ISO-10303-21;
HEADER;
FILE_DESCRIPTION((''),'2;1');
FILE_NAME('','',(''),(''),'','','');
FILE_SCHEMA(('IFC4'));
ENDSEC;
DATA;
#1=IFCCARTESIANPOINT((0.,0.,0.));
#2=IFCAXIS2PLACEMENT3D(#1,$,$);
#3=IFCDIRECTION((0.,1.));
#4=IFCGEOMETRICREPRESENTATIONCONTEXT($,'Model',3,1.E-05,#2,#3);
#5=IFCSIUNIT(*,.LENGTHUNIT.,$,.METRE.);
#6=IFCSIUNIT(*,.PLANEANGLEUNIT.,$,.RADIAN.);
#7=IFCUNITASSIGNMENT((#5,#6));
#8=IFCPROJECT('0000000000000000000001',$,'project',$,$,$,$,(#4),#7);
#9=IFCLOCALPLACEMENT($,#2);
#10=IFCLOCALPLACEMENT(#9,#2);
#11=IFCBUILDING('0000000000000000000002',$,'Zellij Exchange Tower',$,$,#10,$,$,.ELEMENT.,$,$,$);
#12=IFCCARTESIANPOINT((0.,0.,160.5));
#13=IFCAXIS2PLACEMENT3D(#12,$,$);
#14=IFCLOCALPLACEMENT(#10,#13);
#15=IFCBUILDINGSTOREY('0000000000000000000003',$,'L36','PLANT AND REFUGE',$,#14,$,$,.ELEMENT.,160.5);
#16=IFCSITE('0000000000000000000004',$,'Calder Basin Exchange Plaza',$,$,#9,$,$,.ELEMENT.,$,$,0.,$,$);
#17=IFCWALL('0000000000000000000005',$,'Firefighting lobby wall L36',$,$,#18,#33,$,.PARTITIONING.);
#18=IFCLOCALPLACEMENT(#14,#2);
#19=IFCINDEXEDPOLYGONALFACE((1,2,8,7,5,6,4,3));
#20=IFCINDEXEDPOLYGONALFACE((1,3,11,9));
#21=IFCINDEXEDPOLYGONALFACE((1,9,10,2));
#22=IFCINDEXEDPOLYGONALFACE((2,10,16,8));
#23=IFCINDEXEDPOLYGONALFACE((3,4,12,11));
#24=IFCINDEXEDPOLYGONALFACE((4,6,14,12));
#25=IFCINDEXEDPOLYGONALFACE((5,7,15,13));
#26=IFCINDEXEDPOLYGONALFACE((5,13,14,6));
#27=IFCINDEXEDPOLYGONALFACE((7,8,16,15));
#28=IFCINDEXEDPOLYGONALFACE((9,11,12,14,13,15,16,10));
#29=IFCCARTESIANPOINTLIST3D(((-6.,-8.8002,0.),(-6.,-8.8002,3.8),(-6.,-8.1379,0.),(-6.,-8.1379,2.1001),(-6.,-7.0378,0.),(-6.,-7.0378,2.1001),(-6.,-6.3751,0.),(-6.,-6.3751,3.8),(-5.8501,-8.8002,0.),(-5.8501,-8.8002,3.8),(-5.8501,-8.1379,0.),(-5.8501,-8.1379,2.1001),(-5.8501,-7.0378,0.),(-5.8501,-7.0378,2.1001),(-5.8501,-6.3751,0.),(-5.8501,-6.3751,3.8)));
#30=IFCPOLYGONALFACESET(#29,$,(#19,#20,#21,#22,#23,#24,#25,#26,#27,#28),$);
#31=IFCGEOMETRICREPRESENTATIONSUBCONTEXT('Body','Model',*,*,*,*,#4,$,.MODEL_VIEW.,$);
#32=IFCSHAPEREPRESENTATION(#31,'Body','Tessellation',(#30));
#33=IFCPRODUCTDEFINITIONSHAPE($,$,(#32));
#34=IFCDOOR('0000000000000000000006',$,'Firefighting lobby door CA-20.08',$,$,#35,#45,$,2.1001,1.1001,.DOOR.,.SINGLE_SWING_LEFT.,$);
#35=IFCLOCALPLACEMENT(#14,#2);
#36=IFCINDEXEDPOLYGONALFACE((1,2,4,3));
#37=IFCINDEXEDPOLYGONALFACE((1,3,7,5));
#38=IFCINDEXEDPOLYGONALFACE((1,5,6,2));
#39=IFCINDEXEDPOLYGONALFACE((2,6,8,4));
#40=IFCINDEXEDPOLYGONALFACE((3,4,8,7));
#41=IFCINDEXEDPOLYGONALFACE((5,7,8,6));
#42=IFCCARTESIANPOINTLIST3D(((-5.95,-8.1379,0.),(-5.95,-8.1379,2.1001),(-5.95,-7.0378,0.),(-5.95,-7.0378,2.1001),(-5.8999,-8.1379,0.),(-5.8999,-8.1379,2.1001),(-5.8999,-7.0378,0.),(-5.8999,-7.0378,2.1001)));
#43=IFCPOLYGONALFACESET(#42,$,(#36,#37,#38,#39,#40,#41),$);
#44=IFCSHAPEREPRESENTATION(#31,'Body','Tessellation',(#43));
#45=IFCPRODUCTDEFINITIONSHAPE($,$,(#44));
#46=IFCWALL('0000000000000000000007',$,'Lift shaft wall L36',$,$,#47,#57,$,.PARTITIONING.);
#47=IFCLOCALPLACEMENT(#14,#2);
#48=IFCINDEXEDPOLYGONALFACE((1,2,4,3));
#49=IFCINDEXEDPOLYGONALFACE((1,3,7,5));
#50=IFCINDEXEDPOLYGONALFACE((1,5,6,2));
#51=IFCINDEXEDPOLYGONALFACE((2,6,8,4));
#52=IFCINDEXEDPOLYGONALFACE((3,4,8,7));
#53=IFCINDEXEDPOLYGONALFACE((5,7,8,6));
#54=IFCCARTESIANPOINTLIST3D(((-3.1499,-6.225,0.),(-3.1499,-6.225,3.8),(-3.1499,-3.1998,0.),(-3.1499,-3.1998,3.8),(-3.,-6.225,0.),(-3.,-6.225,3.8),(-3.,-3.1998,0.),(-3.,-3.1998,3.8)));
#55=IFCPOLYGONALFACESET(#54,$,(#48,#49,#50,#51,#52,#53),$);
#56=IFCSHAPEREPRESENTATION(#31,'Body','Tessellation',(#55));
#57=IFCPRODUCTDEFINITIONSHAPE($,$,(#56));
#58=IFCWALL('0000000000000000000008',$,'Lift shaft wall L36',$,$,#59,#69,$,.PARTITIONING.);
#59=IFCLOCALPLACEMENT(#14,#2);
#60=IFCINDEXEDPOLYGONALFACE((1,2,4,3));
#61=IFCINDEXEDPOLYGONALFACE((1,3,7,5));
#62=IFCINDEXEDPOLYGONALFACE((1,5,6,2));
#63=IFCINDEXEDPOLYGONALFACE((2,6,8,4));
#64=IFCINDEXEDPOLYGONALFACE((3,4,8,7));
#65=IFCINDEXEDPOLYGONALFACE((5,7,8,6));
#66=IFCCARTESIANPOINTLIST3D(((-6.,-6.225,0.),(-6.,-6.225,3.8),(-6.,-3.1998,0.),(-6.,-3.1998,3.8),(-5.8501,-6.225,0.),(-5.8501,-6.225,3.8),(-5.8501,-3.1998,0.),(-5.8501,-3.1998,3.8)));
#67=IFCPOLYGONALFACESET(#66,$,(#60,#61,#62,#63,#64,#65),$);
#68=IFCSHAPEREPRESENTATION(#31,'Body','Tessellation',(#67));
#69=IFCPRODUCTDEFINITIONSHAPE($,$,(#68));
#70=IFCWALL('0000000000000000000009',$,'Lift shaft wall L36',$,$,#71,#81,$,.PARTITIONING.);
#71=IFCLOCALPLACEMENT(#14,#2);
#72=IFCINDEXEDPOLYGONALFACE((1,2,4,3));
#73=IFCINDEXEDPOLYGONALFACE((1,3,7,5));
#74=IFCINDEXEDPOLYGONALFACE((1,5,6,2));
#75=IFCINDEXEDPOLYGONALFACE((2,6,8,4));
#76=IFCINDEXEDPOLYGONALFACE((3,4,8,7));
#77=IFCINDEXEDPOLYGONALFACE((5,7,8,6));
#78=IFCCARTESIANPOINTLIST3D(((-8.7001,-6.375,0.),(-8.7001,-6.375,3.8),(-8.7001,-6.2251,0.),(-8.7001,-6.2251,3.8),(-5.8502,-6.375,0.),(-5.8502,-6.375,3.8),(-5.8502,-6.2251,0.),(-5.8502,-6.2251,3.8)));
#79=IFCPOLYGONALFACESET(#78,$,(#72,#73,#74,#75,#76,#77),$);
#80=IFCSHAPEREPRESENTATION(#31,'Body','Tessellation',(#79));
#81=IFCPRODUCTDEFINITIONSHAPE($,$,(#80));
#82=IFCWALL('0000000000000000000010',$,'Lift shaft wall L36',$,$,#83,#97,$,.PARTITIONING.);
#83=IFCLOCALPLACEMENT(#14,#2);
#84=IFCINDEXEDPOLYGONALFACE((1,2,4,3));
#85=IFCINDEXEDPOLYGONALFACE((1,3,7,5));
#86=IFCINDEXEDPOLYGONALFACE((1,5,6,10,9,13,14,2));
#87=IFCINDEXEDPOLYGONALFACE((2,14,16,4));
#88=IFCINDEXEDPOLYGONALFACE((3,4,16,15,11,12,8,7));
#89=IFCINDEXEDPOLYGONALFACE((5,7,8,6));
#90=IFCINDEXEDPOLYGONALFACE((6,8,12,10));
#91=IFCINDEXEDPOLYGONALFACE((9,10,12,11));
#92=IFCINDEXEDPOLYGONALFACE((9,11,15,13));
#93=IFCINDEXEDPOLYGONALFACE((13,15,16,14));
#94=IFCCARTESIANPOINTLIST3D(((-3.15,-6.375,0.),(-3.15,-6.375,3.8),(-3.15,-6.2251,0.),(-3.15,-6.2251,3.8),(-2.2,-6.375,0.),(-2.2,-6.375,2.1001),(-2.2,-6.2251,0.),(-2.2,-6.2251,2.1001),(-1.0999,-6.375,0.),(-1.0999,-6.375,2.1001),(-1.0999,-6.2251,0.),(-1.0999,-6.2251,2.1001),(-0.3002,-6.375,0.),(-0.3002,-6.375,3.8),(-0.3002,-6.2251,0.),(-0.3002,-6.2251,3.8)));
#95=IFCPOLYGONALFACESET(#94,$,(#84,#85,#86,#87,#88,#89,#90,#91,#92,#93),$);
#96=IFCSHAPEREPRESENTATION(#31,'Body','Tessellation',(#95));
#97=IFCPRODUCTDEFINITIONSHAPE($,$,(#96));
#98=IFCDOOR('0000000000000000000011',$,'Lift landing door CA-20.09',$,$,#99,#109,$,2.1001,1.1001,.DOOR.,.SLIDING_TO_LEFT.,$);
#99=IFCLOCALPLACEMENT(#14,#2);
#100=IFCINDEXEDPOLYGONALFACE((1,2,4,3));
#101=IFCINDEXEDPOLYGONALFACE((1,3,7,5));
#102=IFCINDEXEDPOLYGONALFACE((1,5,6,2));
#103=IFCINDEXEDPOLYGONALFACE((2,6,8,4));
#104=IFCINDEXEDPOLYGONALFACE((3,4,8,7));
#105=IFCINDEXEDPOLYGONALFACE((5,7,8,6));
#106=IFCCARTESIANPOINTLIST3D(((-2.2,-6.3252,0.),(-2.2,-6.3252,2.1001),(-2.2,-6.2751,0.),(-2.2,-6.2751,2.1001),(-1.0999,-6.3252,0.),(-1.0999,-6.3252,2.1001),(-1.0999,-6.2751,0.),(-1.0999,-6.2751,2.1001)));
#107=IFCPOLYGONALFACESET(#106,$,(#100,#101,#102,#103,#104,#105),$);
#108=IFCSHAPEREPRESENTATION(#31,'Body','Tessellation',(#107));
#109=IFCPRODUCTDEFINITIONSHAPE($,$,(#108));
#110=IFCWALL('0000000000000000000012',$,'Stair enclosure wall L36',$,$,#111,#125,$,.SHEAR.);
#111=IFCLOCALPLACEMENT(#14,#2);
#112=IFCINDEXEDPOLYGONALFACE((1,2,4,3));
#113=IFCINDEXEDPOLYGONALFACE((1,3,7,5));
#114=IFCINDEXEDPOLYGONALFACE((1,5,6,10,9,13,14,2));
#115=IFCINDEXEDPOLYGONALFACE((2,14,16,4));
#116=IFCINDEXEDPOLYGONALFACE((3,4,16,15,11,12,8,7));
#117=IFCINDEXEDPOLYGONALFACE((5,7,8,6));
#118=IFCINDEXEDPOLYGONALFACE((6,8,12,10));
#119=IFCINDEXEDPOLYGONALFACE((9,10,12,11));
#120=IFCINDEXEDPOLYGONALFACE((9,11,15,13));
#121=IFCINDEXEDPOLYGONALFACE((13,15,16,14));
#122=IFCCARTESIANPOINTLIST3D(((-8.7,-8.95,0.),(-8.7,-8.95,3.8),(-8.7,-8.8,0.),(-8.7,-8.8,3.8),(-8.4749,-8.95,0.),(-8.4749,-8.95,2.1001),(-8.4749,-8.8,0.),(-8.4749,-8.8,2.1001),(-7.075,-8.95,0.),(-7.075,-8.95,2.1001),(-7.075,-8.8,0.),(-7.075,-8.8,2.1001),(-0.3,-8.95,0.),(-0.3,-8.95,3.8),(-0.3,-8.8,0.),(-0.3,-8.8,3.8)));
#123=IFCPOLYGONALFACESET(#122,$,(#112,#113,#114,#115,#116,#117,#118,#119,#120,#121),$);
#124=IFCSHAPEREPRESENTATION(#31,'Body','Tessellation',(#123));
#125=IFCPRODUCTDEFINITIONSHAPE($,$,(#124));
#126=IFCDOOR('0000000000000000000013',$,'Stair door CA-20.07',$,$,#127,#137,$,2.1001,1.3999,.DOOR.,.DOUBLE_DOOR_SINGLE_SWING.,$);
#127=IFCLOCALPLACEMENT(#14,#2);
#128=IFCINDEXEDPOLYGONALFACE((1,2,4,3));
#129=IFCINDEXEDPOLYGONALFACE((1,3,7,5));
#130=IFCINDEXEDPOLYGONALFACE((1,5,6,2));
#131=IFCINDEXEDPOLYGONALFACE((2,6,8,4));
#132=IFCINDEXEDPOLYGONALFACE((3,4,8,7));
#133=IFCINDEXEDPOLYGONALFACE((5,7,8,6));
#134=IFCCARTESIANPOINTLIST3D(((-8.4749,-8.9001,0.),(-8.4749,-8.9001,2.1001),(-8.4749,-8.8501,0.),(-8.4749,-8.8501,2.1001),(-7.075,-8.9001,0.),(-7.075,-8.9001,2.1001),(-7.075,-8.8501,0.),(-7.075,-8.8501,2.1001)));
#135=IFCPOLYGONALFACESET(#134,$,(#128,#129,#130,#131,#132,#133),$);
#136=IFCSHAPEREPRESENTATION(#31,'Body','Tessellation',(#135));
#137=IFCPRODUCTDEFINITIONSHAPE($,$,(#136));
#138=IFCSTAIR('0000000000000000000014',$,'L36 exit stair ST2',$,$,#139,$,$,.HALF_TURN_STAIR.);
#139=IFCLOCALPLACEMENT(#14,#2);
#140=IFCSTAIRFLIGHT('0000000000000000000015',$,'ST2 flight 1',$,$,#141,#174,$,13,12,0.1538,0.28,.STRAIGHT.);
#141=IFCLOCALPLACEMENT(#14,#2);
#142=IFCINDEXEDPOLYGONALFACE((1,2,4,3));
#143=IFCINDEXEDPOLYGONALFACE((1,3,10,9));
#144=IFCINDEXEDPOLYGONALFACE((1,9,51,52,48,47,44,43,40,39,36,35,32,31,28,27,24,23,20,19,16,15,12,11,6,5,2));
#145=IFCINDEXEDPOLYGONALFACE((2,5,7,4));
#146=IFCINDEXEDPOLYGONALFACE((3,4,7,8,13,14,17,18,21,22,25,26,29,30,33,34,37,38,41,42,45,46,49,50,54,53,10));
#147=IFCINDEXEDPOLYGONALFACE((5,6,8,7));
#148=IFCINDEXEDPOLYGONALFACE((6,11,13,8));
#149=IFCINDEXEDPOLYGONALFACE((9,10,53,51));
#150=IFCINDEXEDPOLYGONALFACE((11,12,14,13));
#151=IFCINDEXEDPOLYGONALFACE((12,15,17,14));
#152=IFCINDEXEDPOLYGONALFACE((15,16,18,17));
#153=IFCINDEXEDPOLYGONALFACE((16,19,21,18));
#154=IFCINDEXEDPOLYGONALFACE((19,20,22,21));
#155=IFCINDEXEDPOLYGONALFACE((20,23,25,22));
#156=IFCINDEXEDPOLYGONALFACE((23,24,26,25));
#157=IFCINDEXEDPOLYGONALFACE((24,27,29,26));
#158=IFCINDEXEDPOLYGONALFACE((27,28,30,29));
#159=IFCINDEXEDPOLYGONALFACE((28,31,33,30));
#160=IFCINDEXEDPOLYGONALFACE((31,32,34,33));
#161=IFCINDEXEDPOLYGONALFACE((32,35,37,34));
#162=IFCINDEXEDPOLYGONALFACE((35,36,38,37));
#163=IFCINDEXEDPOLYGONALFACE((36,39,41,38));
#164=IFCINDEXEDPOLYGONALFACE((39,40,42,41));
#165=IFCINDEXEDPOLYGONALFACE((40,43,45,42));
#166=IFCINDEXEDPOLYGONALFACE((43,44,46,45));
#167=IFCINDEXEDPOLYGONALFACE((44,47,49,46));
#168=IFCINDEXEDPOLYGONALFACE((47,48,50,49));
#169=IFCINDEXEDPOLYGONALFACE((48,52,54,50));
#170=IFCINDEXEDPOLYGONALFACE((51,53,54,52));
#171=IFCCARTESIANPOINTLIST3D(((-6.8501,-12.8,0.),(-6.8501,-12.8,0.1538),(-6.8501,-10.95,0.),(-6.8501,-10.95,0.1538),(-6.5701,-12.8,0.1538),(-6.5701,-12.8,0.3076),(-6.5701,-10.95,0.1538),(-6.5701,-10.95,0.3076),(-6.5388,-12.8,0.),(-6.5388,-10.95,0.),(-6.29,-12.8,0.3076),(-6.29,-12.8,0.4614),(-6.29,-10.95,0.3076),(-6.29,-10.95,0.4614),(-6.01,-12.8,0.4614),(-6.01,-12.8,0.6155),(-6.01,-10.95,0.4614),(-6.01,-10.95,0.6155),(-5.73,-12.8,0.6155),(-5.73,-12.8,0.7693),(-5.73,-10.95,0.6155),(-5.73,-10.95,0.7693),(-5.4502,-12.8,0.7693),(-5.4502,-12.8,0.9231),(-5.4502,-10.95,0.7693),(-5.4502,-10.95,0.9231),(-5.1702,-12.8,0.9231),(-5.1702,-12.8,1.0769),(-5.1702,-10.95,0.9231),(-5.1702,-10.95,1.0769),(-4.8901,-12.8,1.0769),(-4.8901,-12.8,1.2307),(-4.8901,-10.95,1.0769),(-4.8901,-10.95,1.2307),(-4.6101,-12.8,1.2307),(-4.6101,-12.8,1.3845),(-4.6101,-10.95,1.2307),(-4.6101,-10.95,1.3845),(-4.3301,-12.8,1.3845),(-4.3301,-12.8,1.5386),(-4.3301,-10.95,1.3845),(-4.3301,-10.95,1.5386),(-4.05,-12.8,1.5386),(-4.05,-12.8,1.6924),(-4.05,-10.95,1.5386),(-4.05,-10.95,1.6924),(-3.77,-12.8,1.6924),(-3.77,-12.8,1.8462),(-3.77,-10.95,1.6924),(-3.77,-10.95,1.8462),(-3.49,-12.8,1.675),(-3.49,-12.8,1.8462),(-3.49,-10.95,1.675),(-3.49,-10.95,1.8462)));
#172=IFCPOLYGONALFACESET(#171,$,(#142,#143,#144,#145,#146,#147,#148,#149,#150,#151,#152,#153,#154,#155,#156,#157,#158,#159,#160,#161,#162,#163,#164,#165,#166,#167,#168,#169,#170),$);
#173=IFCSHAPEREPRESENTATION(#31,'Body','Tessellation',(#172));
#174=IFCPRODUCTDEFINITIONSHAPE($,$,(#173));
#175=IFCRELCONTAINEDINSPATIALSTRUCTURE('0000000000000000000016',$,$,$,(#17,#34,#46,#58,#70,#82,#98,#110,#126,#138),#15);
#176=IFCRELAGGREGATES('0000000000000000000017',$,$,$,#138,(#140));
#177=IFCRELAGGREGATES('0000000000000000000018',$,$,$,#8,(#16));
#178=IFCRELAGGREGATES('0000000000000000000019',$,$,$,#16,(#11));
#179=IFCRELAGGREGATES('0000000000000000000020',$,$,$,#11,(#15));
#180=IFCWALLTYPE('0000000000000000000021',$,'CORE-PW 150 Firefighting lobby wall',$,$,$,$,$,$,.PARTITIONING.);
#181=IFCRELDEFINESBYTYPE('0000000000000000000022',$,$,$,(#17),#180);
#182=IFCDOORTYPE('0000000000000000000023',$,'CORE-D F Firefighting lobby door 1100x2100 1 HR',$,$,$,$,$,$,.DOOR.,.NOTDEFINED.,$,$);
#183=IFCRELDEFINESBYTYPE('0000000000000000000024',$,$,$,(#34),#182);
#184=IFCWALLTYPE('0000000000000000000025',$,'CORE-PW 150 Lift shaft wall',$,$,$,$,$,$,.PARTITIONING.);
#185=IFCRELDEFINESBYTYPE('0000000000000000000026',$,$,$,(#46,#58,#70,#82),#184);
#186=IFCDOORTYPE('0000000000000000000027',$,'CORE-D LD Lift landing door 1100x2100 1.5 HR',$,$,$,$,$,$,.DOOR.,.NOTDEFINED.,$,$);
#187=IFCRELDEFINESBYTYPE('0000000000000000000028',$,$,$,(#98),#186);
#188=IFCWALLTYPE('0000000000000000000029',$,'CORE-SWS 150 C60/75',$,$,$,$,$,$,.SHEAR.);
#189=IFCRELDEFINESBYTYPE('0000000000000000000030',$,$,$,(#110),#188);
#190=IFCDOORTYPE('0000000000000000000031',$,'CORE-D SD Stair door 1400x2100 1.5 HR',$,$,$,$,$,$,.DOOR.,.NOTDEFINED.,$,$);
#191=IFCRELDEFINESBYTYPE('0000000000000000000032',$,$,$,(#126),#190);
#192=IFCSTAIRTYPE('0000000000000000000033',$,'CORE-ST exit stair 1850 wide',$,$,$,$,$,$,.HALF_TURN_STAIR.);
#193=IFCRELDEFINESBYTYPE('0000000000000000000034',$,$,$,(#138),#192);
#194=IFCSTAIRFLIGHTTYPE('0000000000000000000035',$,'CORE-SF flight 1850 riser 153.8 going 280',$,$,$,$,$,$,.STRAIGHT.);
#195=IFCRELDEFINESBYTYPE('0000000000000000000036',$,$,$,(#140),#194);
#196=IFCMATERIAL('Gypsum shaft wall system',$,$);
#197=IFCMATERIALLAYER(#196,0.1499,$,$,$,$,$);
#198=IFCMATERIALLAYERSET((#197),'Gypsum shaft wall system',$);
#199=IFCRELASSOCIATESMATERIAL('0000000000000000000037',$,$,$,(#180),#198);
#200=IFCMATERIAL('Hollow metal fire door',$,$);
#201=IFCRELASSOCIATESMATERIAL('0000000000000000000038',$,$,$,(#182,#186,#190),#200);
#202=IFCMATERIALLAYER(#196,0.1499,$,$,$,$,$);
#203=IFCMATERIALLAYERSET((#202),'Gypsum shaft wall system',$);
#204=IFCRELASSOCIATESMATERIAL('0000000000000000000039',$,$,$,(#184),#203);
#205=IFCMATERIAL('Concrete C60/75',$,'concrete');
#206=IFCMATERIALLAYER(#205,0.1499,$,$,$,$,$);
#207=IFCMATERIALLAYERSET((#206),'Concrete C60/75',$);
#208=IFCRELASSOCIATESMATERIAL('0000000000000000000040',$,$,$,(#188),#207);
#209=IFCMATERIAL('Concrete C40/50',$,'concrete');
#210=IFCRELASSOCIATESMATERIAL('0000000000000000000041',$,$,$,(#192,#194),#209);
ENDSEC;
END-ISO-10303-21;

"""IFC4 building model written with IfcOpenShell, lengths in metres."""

from ifc_helpers import new_model, si_unit, direction, frame, frame_2d, origin, place, context, subcontext, project, spatial, polyline, rectangle, outline, extrude, material, layer, layer_set, type_object, element, fill, aggregate, save


model = new_model("IFC4")

# Units and contexts
model_context = context("Model", 3, precision=1e-05, world=origin(), true_north=direction((0.0, 1.0)))
body_context = subcontext(model_context, "Body", "Model", "MODEL_VIEW")
ifc_project = project(units=[si_unit("LENGTHUNIT", "METRE"), si_unit("PLANEANGLEUNIT", "RADIAN")], contexts=[model_context])

# Site, building, storey
site_placement = place(None, origin())
site = spatial("IfcSite", under=ifc_project, at=site_placement, Name="Calder Basin Exchange Plaza", CompositionType="ELEMENT", RefElevation=0.0)
building_placement = place(site_placement, origin())
building = spatial("IfcBuilding", under=site, at=building_placement, Name="Zellij Exchange Tower", CompositionType="ELEMENT")
storey_placement = place(building_placement, frame((0.0, 0.0, 160.5)))
storey = spatial("IfcBuildingStorey", under=building, at=storey_placement, Name="L36", Description="PLANT AND REFUGE", CompositionType="ELEMENT", Elevation=160.5)

# Shared definitions
ifc_material_1 = material(Name="Concrete C60/75", Category="concrete")

# Shared definitions
ifc_material_2 = material(Name="Concrete C40/50", Category="concrete")

# Wall, opening, door
ifc_material_3 = material(Name="Gypsum shaft wall system")
ifc_layer_1 = layer(ifc_material_3, 0.1499)
ifc_layer_set_1 = layer_set([ifc_layer_1], Name="Gypsum shaft wall system")
wall_type_1 = type_object("IfcWallType", Name="CORE-PW 150 Firefighting lobby wall", PredefinedType="PARTITIONING", material=ifc_layer_set_1)
wall_1_placement = place(storey_placement, frame((-5.925, -8.8, 0.0), z_axis=(0.0, 0.0, 1.0), x_axis=(0.0, 1.0, 0.0)))
wall_1 = element("IfcWall", 1, at=wall_1_placement, inside=storey, type_object=wall_type_1, Name="Firefighting lobby wall L36", PredefinedType="PARTITIONING", context=body_context, shape_type="SweptSolid", body=[
    extrude(rectangle(XDim=2.425, YDim=0.1499, at=frame_2d((1.2124, 0.0))), origin(), (0.0, 0.0, 1.0), 3.8),
])
opening_1_placement = place(wall_1_placement, frame((0.6621, 0.0, 0.0)))
opening_1 = element("IfcOpeningElement", 2, at=opening_1_placement, cuts=wall_1, PredefinedType="OPENING", context=body_context, shape_type="SweptSolid", body=[
    extrude(rectangle(XDim=1.1001, YDim=2.1001, at=frame_2d((0.55, 1.05))), frame((0.0, 0.0869, 0.0), z_axis=(0.0, -1.0, 0.0), x_axis=(1.0, 0.0, 0.0)), (0.0, 0.0, 1.0), 0.1738),
])
ifc_material_4 = material(Name="Hollow metal fire door")
door_type_1 = type_object("IfcDoorType", Name="CORE-D F Firefighting lobby door 1100x2100 1 HR", OperationType="NOTDEFINED", PredefinedType="DOOR", material=ifc_material_4)
door_1_placement = place(opening_1_placement, origin())
door_1 = element("IfcDoor", 3, at=door_1_placement, inside=storey, type_object=door_type_1, Name="Firefighting lobby door CA-20.08", OperationType="SINGLE_SWING_LEFT", OverallHeight=2.1001, OverallWidth=1.1001, PredefinedType="DOOR", context=body_context, shape_type="SweptSolid", body=[
    extrude(rectangle(XDim=1.1001, YDim=2.1001, at=frame_2d((0.55, 1.05))), frame((0.0, 0.0249, 0.0), z_axis=(0.0, -1.0, 0.0), x_axis=(1.0, 0.0, 0.0)), (0.0, 0.0, 1.0), 0.05),
])
fill(opening_1, door_1)

# Walls
ifc_layer_2 = layer(ifc_material_3, 0.1499)
ifc_layer_set_2 = layer_set([ifc_layer_2], Name="Gypsum shaft wall system")
wall_type_2 = type_object("IfcWallType", Name="CORE-PW 150 Lift shaft wall", PredefinedType="PARTITIONING", material=ifc_layer_set_2)
for number, where, z_axis, x_axis, name in (
    (4, (-3.075, -6.2251, 0.0), (0.0, 0.0, 1.0), (0.0, 1.0, 0.0), "Lift shaft wall L36"),
    (5, (-5.925, -6.2251, 0.0), (0.0, 0.0, 1.0), (0.0, 1.0, 0.0), "Lift shaft wall L36"),
):
    element("IfcWall", number, at=place(storey_placement, frame(where, z_axis=z_axis, x_axis=x_axis)), inside=storey, type_object=wall_type_2, Name=name, PredefinedType="PARTITIONING", context=body_context, shape_type="SweptSolid", body=[
        extrude(rectangle(XDim=3.0251, YDim=0.1499, at=frame_2d((1.5127, 0.0))), origin(), (0.0, 0.0, 1.0), 3.8),
    ])
wall_2_placement = place(storey_placement, frame((-8.7, -6.3, 0.0), z_axis=(0.0, 0.0, 1.0), x_axis=(1.0, 0.0, 0.0)))
element("IfcWall", 6, at=wall_2_placement, inside=storey, type_object=wall_type_2, Name="Lift shaft wall L36", PredefinedType="PARTITIONING", context=body_context, shape_type="SweptSolid", body=[
    extrude(rectangle(XDim=2.8499, YDim=0.1499, at=frame_2d((1.4248, 0.0))), origin(), (0.0, 0.0, 1.0), 3.8),
])

# Walls, openings, doors
wall_3_placement = place(storey_placement, frame((-3.1499, -6.3, 0.0), z_axis=(0.0, 0.0, 1.0), x_axis=(1.0, 0.0, 0.0)))
wall_3 = element("IfcWall", 7, at=wall_3_placement, inside=storey, type_object=wall_type_2, Name="Lift shaft wall L36", PredefinedType="PARTITIONING", context=body_context, shape_type="SweptSolid", body=[
    extrude(rectangle(XDim=2.8499, YDim=0.1499, at=frame_2d((1.4248, 0.0))), origin(), (0.0, 0.0, 1.0), 3.8),
])
opening_2_placement = place(wall_3_placement, frame((0.95, 0.0, 0.0)))
opening_2 = element("IfcOpeningElement", 8, at=opening_2_placement, cuts=wall_3, PredefinedType="OPENING", context=body_context, shape_type="SweptSolid", body=[
    extrude(rectangle(XDim=1.1001, YDim=2.1001, at=frame_2d((0.55, 1.05))), frame((0.0, 0.0869, 0.0), z_axis=(0.0, -1.0, 0.0), x_axis=(1.0, 0.0, 0.0)), (0.0, 0.0, 1.0), 0.1738),
])
door_type_2 = type_object("IfcDoorType", Name="CORE-D LD Lift landing door 1100x2100 1.5 HR", OperationType="NOTDEFINED", PredefinedType="DOOR", material=ifc_material_4)
door_2_placement = place(opening_2_placement, origin())
door_2 = element("IfcDoor", 9, at=door_2_placement, inside=storey, type_object=door_type_2, Name="Lift landing door CA-20.09", OperationType="SLIDING_TO_LEFT", OverallHeight=2.1001, OverallWidth=1.1001, PredefinedType="DOOR", context=body_context, shape_type="SweptSolid", body=[
    extrude(rectangle(XDim=1.1001, YDim=2.1001, at=frame_2d((0.55, 1.05))), frame((0.0, 0.0249, 0.0), z_axis=(0.0, -1.0, 0.0), x_axis=(1.0, 0.0, 0.0)), (0.0, 0.0, 1.0), 0.05),
])
fill(opening_2, door_2)
ifc_layer_3 = layer(ifc_material_1, 0.1499)
ifc_layer_set_3 = layer_set([ifc_layer_3], Name="Concrete C60/75")
wall_type_3 = type_object("IfcWallType", Name="CORE-SWS 150 C60/75", PredefinedType="SHEAR", material=ifc_layer_set_3)
wall_4_placement = place(storey_placement, frame((-8.7, -8.875, 0.0), z_axis=(0.0, 0.0, 1.0), x_axis=(1.0, 0.0, 0.0)))
wall_4 = element("IfcWall", 10, at=wall_4_placement, inside=storey, type_object=wall_type_3, Name="Stair enclosure wall L36", PredefinedType="SHEAR", context=body_context, shape_type="SweptSolid", body=[
    extrude(rectangle(XDim=8.3999, YDim=0.1499, at=frame_2d((4.2, 0.0))), origin(), (0.0, 0.0, 1.0), 3.8),
])
opening_3_placement = place(wall_4_placement, frame((0.2251, 0.0, 0.0)))
opening_3 = element("IfcOpeningElement", 11, at=opening_3_placement, cuts=wall_4, PredefinedType="OPENING", context=body_context, shape_type="SweptSolid", body=[
    extrude(rectangle(XDim=1.3999, YDim=2.1001, at=frame_2d((0.7, 1.05))), frame((0.0, 0.0869, 0.0), z_axis=(0.0, -1.0, 0.0), x_axis=(1.0, 0.0, 0.0)), (0.0, 0.0, 1.0), 0.1738),
])
door_type_3 = type_object("IfcDoorType", Name="CORE-D SD Stair door 1400x2100 1.5 HR", OperationType="NOTDEFINED", PredefinedType="DOOR", material=ifc_material_4)
door_3_placement = place(opening_3_placement, origin())
door_3 = element("IfcDoor", 12, at=door_3_placement, inside=storey, type_object=door_type_3, Name="Stair door CA-20.07", OperationType="DOUBLE_DOOR_SINGLE_SWING", OverallHeight=2.1001, OverallWidth=1.3999, PredefinedType="DOOR", context=body_context, shape_type="SweptSolid", body=[
    extrude(rectangle(XDim=1.3999, YDim=2.1001, at=frame_2d((0.7, 1.05))), frame((0.0, 0.0249, 0.0), z_axis=(0.0, -1.0, 0.0), x_axis=(1.0, 0.0, 0.0)), (0.0, 0.0, 1.0), 0.05),
])
fill(opening_3, door_3)

# Stair, stair flight
stair_type = type_object("IfcStairType", Name="CORE-ST exit stair 1850 wide", PredefinedType="HALF_TURN_STAIR", material=ifc_material_2)
stair_placement = place(storey_placement, origin())
stair = element("IfcStair", 13, at=stair_placement, inside=storey, type_object=stair_type, Name="L36 exit stair ST2", PredefinedType="HALF_TURN_STAIR")
stair_flight_type = type_object("IfcStairFlightType", Name="CORE-SF flight 1850 riser 153.8 going 280", PredefinedType="STRAIGHT", material=ifc_material_2)
stair_flight_1_placement = place(storey_placement, frame((-6.8501, -11.875, 0.0), z_axis=(0.0, 0.0, 1.0), x_axis=(1.0, 0.0, 0.0)))
stair_flight_1 = element("IfcStairFlight", 14, at=stair_flight_1_placement, type_object=stair_flight_type, Name="ST2 flight 1", NumberOfRisers=13, NumberOfTreads=12, PredefinedType="STRAIGHT", RiserHeight=0.1538, TreadLength=0.28, context=body_context, shape_type="SweptSolid", body=[
    extrude(outline(polyline([(0.0, 0.0), (0.0, 0.1538), (0.28, 0.1538), (0.28, 0.3076), (0.5601, 0.3076), (0.5601, 0.4614), (0.8401, 0.4614), (0.8401, 0.6155), (1.1201, 0.6155), (1.1201, 0.7693), (1.3999, 0.7693), (1.3999, 0.9231), (1.6799, 0.9231), (1.6799, 1.0769), (1.96, 1.0769), (1.96, 1.2307), (2.24, 1.2307), (2.24, 1.3845), (2.52, 1.3845), (2.52, 1.5386), (2.8, 1.5386), (2.8, 1.6924), (3.0801, 1.6924), (3.0801, 1.8462), (3.3601, 1.8462), (3.3601, 2.0), (3.3601, 1.675), (0.3113, 0.0), (0.0, 0.0)])), frame((0.0, 0.925, 0.0), z_axis=(0.0, -1.0, 0.0), x_axis=(1.0, 0.0, 0.0)), (0.0, 0.0, 1.0), 1.8501),
])
aggregate(stair, [stair_flight_1])

save(model, "model.ifc")
